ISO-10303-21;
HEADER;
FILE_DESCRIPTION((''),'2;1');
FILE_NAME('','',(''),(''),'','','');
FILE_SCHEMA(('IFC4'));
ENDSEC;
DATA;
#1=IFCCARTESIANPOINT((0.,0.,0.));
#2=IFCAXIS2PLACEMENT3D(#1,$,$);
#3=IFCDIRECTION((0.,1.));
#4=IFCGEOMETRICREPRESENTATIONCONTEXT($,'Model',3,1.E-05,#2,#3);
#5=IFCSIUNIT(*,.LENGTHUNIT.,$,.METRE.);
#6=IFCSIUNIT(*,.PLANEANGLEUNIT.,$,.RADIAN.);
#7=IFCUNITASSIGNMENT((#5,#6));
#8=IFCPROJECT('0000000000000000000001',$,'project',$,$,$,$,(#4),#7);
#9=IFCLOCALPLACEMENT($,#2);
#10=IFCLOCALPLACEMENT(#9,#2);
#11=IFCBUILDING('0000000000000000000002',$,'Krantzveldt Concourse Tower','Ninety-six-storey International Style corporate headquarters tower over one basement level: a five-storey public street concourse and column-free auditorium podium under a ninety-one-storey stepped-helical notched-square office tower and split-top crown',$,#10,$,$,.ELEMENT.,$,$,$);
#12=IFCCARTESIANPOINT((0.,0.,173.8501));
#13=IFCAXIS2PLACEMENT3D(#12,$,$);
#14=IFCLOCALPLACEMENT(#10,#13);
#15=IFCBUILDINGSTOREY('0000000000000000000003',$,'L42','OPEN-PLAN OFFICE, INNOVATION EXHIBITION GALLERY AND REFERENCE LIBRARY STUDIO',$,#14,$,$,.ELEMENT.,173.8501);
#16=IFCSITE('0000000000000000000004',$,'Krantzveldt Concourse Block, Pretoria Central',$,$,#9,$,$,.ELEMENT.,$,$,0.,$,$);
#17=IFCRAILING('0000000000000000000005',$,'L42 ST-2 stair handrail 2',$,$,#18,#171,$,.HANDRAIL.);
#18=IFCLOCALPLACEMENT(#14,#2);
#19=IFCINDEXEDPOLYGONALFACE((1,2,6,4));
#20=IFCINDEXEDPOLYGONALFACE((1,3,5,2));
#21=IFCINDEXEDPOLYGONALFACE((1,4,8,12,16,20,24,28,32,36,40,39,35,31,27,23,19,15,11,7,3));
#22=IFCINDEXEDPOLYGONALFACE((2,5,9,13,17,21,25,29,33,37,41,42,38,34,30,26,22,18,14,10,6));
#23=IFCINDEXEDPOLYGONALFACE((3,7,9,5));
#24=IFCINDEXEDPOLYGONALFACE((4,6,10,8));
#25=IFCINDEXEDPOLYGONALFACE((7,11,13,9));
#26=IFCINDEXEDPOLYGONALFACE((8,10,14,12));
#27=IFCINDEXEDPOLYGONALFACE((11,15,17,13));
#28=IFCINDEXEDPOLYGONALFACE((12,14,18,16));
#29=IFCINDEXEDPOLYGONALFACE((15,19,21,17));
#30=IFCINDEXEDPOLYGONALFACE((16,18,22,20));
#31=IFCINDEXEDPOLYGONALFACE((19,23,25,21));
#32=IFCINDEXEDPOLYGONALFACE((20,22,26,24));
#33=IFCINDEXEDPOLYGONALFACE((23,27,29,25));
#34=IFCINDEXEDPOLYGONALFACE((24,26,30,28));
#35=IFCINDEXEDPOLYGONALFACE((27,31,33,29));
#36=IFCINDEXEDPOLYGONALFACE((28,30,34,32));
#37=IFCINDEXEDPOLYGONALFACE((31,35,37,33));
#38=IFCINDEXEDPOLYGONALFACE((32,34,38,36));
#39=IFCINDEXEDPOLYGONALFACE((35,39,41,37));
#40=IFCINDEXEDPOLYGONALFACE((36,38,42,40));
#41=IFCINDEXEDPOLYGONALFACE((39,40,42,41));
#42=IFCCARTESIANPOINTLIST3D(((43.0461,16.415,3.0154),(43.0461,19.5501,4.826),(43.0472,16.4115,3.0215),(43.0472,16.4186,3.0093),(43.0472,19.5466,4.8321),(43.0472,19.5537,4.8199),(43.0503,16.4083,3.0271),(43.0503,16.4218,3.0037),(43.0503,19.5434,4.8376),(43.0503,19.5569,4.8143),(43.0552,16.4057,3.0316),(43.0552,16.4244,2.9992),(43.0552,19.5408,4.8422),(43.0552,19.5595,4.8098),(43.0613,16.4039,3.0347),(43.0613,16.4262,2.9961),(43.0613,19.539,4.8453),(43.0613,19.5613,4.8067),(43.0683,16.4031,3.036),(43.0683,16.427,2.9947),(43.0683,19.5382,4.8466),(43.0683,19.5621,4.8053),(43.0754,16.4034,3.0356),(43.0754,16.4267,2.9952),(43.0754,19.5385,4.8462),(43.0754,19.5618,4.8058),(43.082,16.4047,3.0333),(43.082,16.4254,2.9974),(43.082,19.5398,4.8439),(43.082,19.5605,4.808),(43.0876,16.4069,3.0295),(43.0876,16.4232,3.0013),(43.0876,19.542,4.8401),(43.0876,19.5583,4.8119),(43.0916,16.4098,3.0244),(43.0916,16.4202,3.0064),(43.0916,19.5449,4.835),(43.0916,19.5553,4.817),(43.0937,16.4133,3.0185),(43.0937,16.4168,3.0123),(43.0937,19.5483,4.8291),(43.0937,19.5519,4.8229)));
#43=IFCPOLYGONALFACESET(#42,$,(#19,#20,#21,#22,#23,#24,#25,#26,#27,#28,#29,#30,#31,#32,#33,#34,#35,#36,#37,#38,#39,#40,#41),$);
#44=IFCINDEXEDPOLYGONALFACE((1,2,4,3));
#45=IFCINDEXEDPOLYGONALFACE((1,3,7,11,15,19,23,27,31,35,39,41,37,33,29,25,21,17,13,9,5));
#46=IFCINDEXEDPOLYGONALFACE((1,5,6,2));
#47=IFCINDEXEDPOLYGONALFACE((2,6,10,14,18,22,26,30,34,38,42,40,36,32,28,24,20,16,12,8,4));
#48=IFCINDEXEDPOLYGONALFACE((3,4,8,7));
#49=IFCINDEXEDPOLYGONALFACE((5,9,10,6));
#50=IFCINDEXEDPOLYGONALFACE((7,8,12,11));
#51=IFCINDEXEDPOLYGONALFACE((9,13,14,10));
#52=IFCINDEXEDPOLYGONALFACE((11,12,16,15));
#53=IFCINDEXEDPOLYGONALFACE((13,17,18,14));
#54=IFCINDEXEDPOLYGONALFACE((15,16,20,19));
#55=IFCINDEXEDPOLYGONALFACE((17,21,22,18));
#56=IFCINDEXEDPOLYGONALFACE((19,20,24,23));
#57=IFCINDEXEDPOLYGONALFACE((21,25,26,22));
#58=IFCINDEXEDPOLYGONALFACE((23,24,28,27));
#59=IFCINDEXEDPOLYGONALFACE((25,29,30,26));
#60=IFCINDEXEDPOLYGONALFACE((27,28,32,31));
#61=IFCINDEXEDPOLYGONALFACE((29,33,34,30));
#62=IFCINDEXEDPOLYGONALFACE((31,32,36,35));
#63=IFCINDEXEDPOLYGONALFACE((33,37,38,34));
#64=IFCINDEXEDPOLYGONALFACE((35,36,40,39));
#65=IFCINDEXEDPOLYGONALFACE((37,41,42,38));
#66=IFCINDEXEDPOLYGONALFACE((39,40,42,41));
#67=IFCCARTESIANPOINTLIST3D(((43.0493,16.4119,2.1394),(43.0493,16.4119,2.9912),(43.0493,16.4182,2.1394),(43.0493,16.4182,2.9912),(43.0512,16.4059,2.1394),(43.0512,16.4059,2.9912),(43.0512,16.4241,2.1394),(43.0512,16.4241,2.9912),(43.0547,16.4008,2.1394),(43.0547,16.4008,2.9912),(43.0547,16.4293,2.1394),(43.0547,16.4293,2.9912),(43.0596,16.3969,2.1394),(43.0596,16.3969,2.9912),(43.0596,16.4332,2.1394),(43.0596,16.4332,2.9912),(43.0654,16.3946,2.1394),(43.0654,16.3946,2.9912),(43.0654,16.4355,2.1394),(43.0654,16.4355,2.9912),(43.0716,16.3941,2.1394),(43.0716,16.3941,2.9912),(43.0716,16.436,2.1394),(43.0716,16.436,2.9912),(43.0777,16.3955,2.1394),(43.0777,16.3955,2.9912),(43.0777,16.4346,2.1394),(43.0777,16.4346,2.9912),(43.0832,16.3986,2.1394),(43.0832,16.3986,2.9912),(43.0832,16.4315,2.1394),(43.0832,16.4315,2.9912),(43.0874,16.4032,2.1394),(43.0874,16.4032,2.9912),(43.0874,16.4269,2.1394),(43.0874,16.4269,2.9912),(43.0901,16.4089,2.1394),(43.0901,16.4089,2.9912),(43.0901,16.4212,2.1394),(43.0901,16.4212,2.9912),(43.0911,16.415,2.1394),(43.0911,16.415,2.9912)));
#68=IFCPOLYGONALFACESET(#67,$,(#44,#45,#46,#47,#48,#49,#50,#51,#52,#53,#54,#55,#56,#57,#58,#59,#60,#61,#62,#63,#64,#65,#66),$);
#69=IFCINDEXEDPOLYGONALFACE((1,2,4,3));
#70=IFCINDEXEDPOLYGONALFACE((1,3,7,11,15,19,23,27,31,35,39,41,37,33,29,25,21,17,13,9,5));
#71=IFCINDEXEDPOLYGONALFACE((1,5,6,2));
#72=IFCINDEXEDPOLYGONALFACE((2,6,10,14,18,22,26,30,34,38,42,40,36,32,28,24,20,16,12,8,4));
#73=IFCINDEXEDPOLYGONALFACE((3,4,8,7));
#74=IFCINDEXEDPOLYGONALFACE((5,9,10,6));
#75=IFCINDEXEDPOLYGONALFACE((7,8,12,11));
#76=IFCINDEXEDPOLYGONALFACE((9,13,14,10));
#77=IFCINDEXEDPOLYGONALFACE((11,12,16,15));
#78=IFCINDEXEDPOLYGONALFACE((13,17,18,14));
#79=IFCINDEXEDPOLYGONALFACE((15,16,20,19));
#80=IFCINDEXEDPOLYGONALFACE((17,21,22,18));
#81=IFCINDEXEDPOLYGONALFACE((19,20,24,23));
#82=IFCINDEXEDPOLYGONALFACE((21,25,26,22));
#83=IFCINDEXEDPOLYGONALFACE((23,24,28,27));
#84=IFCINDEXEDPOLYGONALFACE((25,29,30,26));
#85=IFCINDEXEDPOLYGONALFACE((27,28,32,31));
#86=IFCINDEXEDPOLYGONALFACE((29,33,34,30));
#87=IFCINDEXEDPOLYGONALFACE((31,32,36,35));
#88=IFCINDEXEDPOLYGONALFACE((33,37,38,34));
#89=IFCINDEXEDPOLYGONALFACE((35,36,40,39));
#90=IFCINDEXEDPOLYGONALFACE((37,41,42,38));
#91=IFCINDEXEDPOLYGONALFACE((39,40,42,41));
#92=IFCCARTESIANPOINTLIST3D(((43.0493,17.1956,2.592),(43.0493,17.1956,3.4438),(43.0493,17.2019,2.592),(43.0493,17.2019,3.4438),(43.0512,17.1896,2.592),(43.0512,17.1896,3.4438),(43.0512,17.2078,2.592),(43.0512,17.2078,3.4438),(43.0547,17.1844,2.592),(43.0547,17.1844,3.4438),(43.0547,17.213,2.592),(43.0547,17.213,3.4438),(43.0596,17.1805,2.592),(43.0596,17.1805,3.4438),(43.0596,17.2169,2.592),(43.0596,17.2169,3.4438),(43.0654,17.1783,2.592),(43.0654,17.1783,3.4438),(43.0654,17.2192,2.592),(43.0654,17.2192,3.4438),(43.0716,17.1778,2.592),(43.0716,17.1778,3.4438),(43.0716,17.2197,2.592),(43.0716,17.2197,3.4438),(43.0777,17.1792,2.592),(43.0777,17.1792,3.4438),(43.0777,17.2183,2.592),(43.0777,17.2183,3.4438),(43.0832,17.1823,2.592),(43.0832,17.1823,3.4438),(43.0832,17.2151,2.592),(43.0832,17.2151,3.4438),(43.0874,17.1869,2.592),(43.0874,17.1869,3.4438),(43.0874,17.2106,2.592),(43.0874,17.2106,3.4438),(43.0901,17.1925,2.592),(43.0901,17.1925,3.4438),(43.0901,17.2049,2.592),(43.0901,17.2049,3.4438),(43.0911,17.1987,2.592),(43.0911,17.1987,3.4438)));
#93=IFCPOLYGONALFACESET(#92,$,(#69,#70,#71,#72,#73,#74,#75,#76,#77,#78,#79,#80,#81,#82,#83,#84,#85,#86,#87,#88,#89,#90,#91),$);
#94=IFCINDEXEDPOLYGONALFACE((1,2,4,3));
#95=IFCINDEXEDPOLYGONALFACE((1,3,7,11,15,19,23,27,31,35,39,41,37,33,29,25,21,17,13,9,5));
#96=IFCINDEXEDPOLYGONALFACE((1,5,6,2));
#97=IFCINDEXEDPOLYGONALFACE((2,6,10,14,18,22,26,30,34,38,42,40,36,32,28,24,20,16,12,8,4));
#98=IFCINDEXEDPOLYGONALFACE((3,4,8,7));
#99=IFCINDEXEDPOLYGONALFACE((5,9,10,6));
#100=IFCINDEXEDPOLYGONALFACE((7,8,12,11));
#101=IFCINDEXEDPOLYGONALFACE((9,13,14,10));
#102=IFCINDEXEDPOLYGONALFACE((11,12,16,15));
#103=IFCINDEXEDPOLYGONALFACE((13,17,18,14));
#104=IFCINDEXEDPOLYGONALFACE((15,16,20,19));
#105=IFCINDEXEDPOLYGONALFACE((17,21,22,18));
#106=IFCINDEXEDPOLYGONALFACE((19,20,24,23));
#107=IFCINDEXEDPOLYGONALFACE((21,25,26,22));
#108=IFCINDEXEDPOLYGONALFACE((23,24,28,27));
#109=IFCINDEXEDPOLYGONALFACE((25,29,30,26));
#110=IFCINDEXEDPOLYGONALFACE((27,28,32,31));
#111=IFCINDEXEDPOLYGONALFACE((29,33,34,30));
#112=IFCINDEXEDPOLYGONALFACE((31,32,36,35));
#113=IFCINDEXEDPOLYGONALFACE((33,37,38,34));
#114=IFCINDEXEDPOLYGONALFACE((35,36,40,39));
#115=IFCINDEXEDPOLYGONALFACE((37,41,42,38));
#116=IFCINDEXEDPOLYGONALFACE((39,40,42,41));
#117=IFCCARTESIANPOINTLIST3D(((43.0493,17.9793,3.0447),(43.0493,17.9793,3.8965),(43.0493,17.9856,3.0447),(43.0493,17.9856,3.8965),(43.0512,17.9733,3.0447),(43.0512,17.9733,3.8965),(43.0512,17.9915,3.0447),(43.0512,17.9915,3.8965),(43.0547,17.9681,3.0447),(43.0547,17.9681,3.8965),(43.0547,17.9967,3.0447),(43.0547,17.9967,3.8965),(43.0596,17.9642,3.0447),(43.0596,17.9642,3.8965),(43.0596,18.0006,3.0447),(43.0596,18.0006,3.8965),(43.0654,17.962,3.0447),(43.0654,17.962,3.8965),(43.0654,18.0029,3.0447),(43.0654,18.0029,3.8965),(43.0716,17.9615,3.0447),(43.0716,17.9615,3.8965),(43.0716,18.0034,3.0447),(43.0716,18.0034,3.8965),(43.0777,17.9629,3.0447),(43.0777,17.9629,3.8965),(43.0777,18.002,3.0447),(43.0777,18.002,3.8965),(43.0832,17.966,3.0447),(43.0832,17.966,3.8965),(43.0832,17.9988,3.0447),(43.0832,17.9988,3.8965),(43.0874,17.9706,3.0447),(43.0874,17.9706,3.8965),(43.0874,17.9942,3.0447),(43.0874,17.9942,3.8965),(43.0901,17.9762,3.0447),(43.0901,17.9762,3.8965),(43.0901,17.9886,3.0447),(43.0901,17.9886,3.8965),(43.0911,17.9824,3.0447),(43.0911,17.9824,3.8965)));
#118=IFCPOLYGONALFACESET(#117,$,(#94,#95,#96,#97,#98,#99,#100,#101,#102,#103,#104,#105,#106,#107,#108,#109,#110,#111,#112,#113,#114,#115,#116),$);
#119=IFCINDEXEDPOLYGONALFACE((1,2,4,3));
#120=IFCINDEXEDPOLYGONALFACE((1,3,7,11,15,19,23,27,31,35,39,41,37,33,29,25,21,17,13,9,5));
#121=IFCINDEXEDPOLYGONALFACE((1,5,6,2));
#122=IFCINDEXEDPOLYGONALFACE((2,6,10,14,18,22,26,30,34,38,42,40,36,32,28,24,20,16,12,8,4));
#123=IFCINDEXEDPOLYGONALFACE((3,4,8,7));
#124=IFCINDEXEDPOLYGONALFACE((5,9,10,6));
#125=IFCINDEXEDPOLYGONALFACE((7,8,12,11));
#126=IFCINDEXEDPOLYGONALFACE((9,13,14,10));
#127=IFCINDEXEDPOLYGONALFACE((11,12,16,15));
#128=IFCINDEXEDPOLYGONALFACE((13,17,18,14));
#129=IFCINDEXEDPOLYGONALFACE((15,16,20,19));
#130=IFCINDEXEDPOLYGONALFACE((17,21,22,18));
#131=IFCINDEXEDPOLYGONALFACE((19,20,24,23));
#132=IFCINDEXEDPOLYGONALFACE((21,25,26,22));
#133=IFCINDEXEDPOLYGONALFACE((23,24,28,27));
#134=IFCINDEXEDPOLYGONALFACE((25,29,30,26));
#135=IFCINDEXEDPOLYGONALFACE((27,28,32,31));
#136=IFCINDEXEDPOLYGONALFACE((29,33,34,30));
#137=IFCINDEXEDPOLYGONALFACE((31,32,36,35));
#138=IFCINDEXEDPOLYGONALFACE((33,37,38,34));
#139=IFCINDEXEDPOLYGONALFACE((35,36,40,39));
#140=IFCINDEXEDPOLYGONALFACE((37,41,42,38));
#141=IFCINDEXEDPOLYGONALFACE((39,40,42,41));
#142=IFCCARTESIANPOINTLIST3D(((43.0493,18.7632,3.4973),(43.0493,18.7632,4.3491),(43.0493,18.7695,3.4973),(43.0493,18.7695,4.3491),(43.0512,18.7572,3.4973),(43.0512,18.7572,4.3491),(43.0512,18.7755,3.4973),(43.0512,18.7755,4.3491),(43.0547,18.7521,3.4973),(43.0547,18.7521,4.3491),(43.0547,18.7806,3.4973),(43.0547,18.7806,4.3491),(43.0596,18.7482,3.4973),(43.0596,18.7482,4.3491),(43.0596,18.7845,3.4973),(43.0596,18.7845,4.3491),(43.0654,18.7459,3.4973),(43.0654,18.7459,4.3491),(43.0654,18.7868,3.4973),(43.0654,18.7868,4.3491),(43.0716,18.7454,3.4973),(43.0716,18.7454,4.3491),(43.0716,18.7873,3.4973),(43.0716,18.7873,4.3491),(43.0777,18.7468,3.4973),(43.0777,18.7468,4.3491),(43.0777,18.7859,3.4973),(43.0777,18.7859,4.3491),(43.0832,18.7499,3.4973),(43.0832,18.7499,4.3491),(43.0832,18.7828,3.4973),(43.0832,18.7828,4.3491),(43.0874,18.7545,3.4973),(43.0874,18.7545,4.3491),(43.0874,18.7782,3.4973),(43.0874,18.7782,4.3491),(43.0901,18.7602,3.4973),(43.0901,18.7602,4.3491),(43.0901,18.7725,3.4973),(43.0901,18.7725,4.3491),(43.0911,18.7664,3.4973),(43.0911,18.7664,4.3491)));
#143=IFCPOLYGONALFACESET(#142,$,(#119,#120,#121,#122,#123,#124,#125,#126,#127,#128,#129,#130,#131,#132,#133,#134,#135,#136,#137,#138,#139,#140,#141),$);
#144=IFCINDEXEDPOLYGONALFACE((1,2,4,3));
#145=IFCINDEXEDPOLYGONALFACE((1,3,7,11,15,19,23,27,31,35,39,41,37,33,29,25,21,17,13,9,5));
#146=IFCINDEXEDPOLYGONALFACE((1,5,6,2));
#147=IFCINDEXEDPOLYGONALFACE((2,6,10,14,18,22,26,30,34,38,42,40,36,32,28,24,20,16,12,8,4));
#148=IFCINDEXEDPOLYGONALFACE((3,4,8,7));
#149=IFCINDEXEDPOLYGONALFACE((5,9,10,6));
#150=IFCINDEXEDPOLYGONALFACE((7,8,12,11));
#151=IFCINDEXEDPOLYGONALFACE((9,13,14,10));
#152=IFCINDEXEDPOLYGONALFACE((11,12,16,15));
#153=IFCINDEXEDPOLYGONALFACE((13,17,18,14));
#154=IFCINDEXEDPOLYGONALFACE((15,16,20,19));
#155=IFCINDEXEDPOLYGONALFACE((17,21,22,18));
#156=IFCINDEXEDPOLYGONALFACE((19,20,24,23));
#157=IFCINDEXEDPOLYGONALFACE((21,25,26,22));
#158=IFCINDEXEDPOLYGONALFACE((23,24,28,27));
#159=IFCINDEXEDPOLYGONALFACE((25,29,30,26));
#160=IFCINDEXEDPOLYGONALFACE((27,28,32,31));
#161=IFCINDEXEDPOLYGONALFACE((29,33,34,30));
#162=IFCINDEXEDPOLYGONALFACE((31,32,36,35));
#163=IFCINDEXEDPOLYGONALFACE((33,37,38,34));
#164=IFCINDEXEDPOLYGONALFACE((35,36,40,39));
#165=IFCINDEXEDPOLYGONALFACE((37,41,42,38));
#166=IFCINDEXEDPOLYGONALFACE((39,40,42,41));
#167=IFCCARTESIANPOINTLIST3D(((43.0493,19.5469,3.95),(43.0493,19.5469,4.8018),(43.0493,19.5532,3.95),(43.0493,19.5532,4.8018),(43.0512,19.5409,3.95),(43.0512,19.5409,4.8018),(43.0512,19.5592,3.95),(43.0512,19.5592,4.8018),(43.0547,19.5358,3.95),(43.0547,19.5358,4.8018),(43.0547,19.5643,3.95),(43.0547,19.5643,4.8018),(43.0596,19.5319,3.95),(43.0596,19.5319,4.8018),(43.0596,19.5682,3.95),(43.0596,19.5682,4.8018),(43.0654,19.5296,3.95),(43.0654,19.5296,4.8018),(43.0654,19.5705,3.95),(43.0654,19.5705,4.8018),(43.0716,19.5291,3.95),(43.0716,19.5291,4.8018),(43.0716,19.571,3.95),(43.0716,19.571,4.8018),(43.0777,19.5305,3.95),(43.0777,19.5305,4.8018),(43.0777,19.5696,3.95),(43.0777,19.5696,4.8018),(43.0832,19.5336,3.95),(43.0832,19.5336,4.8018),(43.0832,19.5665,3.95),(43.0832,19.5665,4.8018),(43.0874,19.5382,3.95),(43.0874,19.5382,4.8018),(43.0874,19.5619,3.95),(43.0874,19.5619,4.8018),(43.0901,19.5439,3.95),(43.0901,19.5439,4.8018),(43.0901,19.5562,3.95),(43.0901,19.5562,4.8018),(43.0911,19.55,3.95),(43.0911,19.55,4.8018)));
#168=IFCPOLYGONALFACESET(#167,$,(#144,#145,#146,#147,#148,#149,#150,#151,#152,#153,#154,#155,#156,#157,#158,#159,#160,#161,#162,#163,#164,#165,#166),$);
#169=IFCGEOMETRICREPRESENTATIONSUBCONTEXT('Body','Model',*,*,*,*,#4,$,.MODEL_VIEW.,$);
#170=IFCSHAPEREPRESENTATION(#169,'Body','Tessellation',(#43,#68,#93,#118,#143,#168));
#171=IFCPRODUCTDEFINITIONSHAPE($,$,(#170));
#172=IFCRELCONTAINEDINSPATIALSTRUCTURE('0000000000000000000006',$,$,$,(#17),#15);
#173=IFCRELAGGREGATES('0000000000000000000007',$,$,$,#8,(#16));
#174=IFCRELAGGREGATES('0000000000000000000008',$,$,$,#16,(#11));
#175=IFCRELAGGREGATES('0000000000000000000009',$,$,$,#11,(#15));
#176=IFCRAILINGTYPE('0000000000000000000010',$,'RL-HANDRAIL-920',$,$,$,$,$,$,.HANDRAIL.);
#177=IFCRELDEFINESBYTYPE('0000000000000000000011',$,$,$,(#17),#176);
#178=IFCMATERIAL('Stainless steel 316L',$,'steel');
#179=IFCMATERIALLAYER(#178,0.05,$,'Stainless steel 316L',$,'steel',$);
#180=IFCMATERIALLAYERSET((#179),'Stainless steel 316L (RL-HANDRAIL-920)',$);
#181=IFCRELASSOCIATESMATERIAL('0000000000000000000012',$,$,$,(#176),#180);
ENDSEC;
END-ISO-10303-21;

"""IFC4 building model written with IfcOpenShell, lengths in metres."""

from ifc_helpers import new_model, si_unit, direction, frame, origin, origin_2d, place, context, subcontext, project, spatial, circle, extrude, material, layer, layer_set, type_object, element, save


model = new_model("IFC4")

# Units and contexts
model_context = context("Model", 3, precision=1e-05, world=origin(), true_north=direction((0.0, 1.0)))
body_context = subcontext(model_context, "Body", "Model", "MODEL_VIEW")
ifc_project = project(units=[si_unit("LENGTHUNIT", "METRE"), si_unit("PLANEANGLEUNIT", "RADIAN")], contexts=[model_context])

# Site, building, storey
site_placement = place(None, origin())
site = spatial("IfcSite", under=ifc_project, at=site_placement, Name="Krantzveldt Concourse Block, Pretoria Central", CompositionType="ELEMENT", RefElevation=0.0)
building_placement = place(site_placement, origin())
building = spatial("IfcBuilding", under=site, at=building_placement, Name="Krantzveldt Concourse Tower", Description="Ninety-six-storey International Style corporate headquarters tower over one basement level: a five-storey public street concourse and column-free auditorium podium under a ninety-one-storey stepped-helical notched-square office tower and split-top crown", CompositionType="ELEMENT")
storey_placement = place(building_placement, frame((0.0, 0.0, 173.8501)))
storey = spatial("IfcBuildingStorey", under=building, at=storey_placement, Name="L42", Description="OPEN-PLAN OFFICE, INNOVATION EXHIBITION GALLERY AND REFERENCE LIBRARY STUDIO", CompositionType="ELEMENT", Elevation=173.8501)

# Shared definitions
ifc_material_1 = material(Name="Stainless steel 316L", Category="steel")

# Railing
ifc_layer_1 = layer(ifc_material_1, 0.05, Name="Stainless steel 316L", Category="steel")
ifc_layer_set_1 = layer_set([ifc_layer_1], Name="Stainless steel 316L (RL-HANDRAIL-920)")
railing_type_1 = type_object("IfcRailingType", Name="RL-HANDRAIL-920", PredefinedType="HANDRAIL", material=ifc_layer_set_1)
railing_1_placement = place(storey_placement, frame((43.0701, 16.415, 2.1394)))
element("IfcRailing", 1, at=railing_1_placement, inside=storey, type_object=railing_type_1, Name="L42 ST-2 stair handrail 2", PredefinedType="HANDRAIL", context=body_context, shape_type="SweptSolid", body=[
    extrude(circle(Radius=0.0239, at=origin_2d()), frame((0.0, 0.0, 0.876), z_axis=(0.0, 0.86596, 0.500114), x_axis=(-1.0, 0.0, 0.0)), (0.0, 0.0, 1.0), 3.6204),
    extrude(circle(Radius=0.021, at=origin_2d()), origin(), (0.0, 0.0, 1.0), 0.8518),
    extrude(circle(Radius=0.021, at=origin_2d()), frame((0.0, 0.7837, 0.4526)), (0.0, 0.0, 1.0), 0.8518),
    extrude(circle(Radius=0.021, at=origin_2d()), frame((0.0, 1.5674, 0.9053)), (0.0, 0.0, 1.0), 0.8518),
    extrude(circle(Radius=0.021, at=origin_2d()), frame((0.0, 2.3513, 1.3579)), (0.0, 0.0, 1.0), 0.8518),
    extrude(circle(Radius=0.021, at=origin_2d()), frame((0.0, 3.135, 1.8105)), (0.0, 0.0, 1.0), 0.8518),
])

save(model, "model.ifc")
